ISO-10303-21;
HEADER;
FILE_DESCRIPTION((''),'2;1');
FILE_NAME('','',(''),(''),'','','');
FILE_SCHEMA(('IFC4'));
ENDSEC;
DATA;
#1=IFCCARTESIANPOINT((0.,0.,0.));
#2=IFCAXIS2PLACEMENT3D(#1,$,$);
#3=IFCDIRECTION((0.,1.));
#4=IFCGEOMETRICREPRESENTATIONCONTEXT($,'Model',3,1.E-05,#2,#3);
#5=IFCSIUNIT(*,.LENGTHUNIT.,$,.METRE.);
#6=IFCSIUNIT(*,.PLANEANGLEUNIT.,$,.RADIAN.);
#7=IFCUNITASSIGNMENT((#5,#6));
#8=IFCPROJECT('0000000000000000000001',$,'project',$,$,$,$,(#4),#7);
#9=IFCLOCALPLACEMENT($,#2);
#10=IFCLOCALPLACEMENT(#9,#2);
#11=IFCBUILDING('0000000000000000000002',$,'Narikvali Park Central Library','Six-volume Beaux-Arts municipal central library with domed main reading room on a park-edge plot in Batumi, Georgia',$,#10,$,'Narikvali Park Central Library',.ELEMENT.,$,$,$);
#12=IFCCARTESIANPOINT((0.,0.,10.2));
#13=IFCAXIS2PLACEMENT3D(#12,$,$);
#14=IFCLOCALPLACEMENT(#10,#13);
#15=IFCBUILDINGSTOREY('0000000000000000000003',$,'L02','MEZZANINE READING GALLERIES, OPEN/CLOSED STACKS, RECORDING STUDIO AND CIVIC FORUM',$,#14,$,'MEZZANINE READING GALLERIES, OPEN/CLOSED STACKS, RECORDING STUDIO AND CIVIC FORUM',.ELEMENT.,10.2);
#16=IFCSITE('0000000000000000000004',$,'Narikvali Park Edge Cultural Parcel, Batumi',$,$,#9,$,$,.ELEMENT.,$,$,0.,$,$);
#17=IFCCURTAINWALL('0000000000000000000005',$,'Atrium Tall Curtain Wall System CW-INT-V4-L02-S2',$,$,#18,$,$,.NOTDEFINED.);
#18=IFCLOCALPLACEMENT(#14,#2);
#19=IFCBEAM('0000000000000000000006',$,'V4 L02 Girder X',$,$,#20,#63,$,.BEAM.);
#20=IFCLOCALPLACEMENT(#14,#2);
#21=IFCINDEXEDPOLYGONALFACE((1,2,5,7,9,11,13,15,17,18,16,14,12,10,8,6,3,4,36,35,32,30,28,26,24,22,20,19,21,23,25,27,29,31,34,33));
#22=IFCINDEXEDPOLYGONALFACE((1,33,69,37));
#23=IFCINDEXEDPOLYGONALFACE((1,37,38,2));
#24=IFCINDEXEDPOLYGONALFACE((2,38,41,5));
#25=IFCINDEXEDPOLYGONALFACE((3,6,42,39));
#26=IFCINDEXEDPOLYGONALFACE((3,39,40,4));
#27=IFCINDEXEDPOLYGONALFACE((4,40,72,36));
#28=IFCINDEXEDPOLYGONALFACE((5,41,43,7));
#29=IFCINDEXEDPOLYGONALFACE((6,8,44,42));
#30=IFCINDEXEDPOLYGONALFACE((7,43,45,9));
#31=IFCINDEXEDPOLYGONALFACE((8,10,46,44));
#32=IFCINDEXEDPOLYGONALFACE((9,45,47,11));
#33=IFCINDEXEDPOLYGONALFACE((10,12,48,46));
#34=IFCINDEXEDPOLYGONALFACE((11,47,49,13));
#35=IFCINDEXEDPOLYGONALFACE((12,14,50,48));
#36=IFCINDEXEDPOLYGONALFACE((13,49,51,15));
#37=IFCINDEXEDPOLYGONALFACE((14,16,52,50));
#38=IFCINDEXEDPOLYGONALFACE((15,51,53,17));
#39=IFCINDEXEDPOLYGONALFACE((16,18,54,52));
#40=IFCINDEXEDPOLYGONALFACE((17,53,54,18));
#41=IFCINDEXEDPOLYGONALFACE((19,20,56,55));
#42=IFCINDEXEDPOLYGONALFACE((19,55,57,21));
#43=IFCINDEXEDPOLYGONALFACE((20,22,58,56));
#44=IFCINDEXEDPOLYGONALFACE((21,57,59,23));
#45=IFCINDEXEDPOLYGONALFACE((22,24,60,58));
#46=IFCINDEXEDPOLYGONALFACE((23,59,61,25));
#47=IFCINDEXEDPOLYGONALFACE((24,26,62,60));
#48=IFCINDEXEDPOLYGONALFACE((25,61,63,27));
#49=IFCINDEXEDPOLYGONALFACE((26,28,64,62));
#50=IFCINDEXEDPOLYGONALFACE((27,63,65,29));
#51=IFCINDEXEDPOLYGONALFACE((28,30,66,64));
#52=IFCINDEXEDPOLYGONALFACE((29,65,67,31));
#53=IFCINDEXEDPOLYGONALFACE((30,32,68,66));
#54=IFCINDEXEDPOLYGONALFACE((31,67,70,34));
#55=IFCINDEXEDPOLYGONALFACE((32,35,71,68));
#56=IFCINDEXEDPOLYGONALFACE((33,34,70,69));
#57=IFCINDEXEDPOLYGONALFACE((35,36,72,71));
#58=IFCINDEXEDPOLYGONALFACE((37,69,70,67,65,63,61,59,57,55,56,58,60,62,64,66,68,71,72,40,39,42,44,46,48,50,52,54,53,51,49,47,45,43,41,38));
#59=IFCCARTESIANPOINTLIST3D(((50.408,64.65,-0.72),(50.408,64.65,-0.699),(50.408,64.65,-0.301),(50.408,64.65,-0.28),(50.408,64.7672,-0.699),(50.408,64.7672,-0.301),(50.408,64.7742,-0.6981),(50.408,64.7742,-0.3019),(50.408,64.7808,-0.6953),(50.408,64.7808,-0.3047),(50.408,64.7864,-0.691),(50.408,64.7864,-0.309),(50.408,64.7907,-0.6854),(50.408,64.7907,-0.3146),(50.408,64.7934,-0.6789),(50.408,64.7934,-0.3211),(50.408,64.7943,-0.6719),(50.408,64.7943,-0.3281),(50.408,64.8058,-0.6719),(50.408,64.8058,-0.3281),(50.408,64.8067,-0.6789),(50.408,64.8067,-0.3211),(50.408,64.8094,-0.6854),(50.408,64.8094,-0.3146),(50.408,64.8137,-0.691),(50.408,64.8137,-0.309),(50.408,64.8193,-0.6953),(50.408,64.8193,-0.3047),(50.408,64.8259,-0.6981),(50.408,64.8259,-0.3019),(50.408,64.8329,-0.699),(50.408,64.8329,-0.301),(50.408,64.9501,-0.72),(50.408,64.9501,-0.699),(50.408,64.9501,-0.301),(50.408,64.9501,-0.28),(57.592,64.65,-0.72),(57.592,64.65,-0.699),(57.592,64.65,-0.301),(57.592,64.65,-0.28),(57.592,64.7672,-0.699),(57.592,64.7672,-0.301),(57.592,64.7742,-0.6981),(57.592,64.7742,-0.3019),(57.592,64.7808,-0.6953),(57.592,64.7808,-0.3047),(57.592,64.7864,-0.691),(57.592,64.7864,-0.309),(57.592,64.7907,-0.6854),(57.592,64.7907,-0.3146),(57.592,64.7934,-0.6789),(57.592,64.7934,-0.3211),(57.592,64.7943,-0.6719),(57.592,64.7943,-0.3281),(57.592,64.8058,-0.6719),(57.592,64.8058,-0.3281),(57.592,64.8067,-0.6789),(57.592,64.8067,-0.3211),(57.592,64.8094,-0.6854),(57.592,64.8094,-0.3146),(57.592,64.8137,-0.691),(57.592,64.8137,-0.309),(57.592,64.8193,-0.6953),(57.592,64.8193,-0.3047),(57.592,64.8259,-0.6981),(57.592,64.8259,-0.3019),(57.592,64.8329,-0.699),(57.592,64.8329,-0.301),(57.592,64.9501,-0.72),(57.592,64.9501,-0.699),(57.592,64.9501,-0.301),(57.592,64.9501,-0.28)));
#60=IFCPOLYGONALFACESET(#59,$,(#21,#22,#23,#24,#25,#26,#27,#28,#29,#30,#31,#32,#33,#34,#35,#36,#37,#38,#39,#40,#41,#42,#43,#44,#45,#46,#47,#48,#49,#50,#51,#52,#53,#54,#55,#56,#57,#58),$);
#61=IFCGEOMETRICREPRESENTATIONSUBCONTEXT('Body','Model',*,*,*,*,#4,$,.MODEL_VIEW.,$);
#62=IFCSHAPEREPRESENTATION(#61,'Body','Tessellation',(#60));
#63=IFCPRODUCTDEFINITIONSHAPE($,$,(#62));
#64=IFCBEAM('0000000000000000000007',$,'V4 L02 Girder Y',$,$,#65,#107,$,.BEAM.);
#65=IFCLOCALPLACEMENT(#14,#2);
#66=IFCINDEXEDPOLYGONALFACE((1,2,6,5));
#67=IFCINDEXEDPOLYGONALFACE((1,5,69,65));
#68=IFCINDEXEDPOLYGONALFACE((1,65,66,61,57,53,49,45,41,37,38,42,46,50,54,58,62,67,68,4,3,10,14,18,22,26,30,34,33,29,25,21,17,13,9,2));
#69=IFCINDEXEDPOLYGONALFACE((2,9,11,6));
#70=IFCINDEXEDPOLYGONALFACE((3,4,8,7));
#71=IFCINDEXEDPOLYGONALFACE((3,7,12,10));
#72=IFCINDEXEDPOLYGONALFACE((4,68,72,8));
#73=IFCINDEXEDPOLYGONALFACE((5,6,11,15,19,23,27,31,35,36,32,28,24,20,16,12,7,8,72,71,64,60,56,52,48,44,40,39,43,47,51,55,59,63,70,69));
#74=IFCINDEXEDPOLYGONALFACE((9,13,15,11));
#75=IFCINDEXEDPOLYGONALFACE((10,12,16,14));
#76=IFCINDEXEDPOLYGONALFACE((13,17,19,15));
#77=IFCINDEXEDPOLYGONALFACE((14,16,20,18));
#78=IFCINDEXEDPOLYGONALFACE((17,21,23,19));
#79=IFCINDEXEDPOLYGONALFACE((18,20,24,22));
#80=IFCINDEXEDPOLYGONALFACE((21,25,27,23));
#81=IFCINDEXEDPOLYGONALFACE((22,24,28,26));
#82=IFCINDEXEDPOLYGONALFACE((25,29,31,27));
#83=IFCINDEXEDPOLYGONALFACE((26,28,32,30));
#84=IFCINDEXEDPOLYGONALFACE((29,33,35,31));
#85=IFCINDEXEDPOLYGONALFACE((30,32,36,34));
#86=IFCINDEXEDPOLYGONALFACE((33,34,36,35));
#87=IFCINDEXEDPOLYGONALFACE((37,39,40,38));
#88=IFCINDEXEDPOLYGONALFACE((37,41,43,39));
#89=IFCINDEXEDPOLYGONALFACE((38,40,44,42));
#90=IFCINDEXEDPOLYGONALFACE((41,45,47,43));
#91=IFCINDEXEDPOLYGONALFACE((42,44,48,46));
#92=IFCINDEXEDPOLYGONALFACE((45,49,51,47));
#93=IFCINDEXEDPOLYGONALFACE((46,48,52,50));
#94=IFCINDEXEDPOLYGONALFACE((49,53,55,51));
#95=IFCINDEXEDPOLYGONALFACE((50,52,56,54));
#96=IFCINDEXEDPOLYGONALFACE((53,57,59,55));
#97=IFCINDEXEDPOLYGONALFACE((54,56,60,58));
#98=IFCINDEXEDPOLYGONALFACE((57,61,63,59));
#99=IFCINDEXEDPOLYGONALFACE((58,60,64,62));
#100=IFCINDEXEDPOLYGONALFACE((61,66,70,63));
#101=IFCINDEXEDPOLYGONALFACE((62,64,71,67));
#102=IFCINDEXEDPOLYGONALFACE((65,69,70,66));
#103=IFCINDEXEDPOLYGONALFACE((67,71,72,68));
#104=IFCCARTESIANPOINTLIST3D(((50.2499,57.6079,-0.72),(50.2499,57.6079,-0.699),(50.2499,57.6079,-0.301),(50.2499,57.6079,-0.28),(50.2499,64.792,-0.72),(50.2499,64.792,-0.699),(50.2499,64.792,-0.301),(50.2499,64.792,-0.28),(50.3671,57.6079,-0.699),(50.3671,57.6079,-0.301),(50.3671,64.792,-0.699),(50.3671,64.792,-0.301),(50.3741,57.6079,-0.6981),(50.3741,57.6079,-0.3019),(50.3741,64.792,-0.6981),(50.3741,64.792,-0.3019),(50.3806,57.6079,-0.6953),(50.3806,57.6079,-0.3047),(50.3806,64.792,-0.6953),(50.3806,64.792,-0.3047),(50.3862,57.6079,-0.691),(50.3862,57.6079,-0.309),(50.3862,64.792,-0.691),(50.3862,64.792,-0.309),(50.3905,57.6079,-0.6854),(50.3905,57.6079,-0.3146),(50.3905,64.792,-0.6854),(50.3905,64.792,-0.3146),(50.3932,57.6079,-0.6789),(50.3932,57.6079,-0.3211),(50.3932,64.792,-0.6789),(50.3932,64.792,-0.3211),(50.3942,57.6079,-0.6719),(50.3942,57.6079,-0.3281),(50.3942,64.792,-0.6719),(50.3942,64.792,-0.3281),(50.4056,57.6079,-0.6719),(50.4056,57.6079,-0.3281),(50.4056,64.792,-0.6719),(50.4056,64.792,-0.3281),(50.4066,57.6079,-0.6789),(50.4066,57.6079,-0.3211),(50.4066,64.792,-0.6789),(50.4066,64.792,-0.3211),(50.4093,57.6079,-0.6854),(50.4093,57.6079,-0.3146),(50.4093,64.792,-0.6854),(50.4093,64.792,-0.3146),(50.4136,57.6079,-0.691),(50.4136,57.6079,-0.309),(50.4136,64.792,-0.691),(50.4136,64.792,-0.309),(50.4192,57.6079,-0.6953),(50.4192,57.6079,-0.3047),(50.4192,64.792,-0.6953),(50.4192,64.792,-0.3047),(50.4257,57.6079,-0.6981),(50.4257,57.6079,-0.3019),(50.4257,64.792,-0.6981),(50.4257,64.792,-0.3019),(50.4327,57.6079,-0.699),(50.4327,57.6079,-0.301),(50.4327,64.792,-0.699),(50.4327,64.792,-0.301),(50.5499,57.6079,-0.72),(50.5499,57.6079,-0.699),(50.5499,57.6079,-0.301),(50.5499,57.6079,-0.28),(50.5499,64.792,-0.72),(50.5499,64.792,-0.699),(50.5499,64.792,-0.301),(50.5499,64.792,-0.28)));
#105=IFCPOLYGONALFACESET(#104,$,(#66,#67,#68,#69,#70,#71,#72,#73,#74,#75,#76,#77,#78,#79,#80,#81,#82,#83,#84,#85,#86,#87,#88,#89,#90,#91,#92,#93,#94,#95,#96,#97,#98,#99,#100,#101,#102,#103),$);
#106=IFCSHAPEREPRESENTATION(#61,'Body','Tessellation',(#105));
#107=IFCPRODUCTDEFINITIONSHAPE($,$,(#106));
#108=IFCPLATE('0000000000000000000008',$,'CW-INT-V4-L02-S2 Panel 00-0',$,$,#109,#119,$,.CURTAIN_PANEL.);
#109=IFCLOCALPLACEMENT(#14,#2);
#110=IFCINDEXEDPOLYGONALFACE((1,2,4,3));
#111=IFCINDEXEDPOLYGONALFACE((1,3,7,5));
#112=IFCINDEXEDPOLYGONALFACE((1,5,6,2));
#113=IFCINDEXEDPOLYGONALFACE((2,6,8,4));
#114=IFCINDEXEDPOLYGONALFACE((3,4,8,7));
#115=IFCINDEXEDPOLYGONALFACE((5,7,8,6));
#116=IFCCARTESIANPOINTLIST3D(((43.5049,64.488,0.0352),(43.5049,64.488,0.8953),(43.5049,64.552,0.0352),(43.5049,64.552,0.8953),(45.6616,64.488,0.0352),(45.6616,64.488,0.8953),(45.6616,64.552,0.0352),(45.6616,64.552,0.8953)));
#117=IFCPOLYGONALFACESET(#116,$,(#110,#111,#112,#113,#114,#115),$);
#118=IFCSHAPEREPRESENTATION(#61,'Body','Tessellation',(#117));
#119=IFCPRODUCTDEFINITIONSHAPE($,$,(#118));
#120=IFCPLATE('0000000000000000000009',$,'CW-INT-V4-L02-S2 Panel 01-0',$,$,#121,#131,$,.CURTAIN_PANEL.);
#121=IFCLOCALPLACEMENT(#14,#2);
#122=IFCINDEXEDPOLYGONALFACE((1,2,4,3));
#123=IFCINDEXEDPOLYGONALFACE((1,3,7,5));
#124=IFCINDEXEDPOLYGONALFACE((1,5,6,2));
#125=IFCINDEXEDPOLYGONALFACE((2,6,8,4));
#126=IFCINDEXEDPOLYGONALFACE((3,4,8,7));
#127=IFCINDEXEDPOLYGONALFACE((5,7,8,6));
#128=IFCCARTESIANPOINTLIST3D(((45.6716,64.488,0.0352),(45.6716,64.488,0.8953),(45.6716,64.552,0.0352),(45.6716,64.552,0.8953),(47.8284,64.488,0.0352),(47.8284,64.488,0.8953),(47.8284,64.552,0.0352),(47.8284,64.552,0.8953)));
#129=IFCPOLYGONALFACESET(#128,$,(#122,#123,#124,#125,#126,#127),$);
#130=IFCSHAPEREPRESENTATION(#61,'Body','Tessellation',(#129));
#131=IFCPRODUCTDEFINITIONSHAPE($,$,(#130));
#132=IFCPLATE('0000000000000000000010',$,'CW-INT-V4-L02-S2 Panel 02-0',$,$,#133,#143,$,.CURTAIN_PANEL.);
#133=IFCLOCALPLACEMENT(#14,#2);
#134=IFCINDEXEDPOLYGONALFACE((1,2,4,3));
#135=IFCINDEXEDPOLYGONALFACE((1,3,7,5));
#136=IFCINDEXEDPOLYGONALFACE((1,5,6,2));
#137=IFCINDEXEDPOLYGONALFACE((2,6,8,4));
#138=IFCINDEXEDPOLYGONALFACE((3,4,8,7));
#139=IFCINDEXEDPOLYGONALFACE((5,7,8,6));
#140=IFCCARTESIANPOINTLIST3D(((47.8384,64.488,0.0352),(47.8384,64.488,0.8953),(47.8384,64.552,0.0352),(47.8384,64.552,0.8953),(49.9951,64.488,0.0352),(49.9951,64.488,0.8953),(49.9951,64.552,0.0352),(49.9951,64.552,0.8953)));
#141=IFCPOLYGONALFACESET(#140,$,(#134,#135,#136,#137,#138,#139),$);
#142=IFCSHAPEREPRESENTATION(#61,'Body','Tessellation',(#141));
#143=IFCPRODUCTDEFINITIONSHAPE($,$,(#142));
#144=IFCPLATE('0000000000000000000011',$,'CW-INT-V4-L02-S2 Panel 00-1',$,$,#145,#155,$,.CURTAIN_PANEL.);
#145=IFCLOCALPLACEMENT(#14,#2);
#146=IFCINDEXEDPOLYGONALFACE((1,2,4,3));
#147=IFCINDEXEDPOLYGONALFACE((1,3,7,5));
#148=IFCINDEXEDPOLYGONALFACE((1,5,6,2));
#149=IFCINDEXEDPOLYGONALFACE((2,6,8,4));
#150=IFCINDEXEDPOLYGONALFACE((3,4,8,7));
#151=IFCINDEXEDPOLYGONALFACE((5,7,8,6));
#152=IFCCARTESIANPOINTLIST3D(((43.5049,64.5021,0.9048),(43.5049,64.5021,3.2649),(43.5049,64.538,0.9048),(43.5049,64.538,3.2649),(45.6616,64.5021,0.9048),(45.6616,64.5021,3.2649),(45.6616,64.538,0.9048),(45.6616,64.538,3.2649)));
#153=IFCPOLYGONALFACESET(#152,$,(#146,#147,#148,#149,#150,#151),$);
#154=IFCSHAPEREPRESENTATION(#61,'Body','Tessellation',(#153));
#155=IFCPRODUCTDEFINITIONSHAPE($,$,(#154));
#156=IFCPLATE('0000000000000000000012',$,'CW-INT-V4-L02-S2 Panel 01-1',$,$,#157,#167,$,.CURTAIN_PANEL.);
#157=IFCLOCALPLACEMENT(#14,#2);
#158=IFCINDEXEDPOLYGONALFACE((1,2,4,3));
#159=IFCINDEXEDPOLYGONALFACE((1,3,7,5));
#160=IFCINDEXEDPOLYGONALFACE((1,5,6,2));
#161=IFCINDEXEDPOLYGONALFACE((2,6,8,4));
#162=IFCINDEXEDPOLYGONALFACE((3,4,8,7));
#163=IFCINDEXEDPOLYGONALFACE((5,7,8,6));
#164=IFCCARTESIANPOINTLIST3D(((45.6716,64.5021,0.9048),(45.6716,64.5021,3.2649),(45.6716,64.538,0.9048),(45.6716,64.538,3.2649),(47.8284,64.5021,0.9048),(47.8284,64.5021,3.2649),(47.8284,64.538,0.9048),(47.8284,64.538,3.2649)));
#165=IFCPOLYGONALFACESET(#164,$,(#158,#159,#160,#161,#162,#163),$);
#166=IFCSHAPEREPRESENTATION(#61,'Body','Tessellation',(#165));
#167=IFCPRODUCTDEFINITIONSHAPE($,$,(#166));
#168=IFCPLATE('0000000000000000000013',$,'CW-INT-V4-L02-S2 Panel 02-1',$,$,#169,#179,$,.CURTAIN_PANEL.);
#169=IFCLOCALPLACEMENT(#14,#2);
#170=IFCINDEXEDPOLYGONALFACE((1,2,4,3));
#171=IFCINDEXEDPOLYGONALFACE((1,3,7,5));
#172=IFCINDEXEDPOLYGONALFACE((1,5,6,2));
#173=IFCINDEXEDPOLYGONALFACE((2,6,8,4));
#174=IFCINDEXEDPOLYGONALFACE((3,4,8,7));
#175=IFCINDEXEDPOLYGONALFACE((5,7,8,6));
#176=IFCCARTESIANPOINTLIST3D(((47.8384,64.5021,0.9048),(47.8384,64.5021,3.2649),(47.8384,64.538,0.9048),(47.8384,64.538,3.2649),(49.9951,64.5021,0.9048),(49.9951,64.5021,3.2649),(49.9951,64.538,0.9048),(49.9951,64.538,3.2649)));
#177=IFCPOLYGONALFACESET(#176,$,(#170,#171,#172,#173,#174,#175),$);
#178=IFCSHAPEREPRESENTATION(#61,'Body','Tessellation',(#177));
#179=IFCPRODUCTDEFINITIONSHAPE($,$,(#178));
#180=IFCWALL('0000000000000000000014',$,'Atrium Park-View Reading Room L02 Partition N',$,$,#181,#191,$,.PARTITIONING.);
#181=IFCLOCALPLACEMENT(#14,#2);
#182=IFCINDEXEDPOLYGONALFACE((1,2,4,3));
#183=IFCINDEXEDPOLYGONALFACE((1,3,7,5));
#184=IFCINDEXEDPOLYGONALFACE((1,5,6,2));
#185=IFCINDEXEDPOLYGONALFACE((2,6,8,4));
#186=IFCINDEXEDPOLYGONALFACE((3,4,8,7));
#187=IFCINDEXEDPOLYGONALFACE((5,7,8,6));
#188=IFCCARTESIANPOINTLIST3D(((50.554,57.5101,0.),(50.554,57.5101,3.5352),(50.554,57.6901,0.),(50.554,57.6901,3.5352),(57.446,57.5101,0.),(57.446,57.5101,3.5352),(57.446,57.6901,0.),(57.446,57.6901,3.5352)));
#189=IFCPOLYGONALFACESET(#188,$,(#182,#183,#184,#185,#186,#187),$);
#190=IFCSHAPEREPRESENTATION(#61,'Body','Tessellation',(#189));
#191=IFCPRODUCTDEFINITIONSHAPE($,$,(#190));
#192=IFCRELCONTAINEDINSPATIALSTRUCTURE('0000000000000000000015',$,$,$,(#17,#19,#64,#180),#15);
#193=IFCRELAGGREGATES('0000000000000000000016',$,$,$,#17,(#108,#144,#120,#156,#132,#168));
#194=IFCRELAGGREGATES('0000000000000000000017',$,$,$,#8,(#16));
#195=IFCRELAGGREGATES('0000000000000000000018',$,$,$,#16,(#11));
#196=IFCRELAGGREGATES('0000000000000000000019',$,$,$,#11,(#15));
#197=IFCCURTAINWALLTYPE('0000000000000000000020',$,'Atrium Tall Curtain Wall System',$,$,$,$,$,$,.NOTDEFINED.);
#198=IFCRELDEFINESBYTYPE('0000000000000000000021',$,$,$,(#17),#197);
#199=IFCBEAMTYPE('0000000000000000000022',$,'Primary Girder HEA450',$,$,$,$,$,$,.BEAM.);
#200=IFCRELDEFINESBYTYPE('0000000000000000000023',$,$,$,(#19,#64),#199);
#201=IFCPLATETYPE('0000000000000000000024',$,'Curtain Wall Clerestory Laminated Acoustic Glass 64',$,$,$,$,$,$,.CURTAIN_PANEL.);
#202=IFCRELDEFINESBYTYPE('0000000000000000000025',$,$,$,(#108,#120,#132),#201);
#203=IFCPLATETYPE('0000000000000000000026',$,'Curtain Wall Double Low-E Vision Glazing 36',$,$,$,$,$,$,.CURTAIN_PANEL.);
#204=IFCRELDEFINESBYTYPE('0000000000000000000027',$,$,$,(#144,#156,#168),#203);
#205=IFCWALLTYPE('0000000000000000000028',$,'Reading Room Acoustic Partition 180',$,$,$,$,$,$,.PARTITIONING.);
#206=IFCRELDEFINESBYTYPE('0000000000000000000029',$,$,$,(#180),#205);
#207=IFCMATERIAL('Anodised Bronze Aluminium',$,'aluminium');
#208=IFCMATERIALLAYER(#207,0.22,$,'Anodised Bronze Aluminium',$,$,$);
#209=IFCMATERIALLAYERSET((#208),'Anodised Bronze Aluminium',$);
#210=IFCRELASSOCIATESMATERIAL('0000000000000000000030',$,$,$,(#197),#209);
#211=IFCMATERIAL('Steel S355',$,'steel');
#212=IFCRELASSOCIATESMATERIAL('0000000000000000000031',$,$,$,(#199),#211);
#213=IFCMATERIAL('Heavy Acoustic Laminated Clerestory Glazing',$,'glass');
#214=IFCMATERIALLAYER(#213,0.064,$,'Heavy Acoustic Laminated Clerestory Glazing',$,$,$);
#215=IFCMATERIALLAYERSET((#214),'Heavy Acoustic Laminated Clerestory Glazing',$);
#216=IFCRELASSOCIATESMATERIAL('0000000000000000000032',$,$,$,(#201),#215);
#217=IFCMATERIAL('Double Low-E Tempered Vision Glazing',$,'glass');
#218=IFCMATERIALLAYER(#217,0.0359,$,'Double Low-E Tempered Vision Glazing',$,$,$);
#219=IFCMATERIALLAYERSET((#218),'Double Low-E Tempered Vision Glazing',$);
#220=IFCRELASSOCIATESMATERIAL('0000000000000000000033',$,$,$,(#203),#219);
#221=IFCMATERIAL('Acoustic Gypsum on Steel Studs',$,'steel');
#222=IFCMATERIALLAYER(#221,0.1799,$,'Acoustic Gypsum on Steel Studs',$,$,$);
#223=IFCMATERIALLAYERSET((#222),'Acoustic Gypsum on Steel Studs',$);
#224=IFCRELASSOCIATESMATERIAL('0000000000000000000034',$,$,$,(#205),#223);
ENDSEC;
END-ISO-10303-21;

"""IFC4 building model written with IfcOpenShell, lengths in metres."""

from ifc_helpers import new_model, si_unit, direction, frame, frame_2d, origin, origin_2d, place, context, subcontext, project, spatial, rectangle, i_section, extrude, material, layer, layer_set, material_profile, profile_set, type_object, element, aggregate, save


model = new_model("IFC4")

# Units and contexts
model_context = context("Model", 3, precision=1e-05, world=origin(), true_north=direction((0.0, 1.0)))
body_context = subcontext(model_context, "Body", "Model", "MODEL_VIEW")
ifc_project = project(units=[si_unit("LENGTHUNIT", "METRE"), si_unit("PLANEANGLEUNIT", "RADIAN")], contexts=[model_context])

# Site, building, storey
site_placement = place(None, origin())
site = spatial("IfcSite", under=ifc_project, at=site_placement, Name="Narikvali Park Edge Cultural Parcel, Batumi", CompositionType="ELEMENT", RefElevation=0.0)
building_placement = place(site_placement, origin())
building = spatial("IfcBuilding", under=site, at=building_placement, Name="Narikvali Park Central Library", Description="Six-volume Beaux-Arts municipal central library with domed main reading room on a park-edge plot in Batumi, Georgia", LongName="Narikvali Park Central Library", CompositionType="ELEMENT")
storey_placement = place(building_placement, frame((0.0, 0.0, 10.2)))
storey = spatial("IfcBuildingStorey", under=building, at=storey_placement, Name="L02", Description="MEZZANINE READING GALLERIES, OPEN/CLOSED STACKS, RECORDING STUDIO AND CIVIC FORUM", LongName="MEZZANINE READING GALLERIES, OPEN/CLOSED STACKS, RECORDING STUDIO AND CIVIC FORUM", CompositionType="ELEMENT", Elevation=10.2)

# Shared definitions
ifc_material_1 = material(Name="Steel S355", Category="steel")

# Curtain wall
ifc_material_2 = material(Name="Anodised Bronze Aluminium", Category="aluminium")
ifc_layer_1 = layer(ifc_material_2, 0.22, Name="Anodised Bronze Aluminium")
ifc_layer_set_1 = layer_set([ifc_layer_1], Name="Anodised Bronze Aluminium")
curtain_wall_type = type_object("IfcCurtainWallType", Name="Atrium Tall Curtain Wall System", PredefinedType="NOTDEFINED", material=ifc_layer_set_1)
curtain_wall_placement = place(storey_placement, origin())
curtain_wall = element("IfcCurtainWall", 1, at=curtain_wall_placement, inside=storey, type_object=curtain_wall_type, Name="Atrium Tall Curtain Wall System CW-INT-V4-L02-S2", PredefinedType="NOTDEFINED")

# Beams
ifc_material_profile_1 = material_profile(ifc_material_1, i_section(OverallWidth=0.3, OverallDepth=0.4399, WebThickness=0.0115, FlangeThickness=0.021, FilletRadius=0.0271, at=origin_2d()), Name="HEA 450")
ifc_profile_set_1 = profile_set([ifc_material_profile_1], Name="Steel S355")
beam_type_1 = type_object("IfcBeamType", Name="Primary Girder HEA450", PredefinedType="BEAM", material=ifc_profile_set_1)
for number, where, z_axis, x_axis, name in (
    (2, (50.408, 64.8, -0.5), (1.0, 0.0, 0.0), (0.0, 1.0, 0.0), "V4 L02 Girder X"),
    (3, (50.3999, 57.6079, -0.5), (0.0, 1.0, 0.0), (-1.0, 0.0, 0.0), "V4 L02 Girder Y"),
):
    element("IfcBeam", number, at=place(storey_placement, frame(where, z_axis=z_axis, x_axis=x_axis)), inside=storey, type_object=beam_type_1, Name=name, PredefinedType="BEAM", context=body_context, shape_type="SweptSolid", body=[
        extrude(i_section(OverallWidth=0.3, OverallDepth=0.4399, WebThickness=0.0115, FlangeThickness=0.021, FilletRadius=0.0271, at=origin_2d()), origin(), (0.0, 0.0, 1.0), 7.1841),
    ])

# Plates
ifc_material_3 = material(Name="Heavy Acoustic Laminated Clerestory Glazing", Category="glass")
ifc_layer_2 = layer(ifc_material_3, 0.064, Name="Heavy Acoustic Laminated Clerestory Glazing")
ifc_layer_set_2 = layer_set([ifc_layer_2], Name="Heavy Acoustic Laminated Clerestory Glazing")
plate_type_1 = type_object("IfcPlateType", Name="Curtain Wall Clerestory Laminated Acoustic Glass 64", PredefinedType="CURTAIN_PANEL", material=ifc_layer_set_2)
plate_1_placement = place(storey_placement, frame((44.5833, 64.52, 0.0352), z_axis=(0.0, 0.0, 1.0), x_axis=(1.0, 0.0, 0.0)))
plate_1 = element("IfcPlate", 4, at=plate_1_placement, type_object=plate_type_1, Name="CW-INT-V4-L02-S2 Panel 00-0", PredefinedType="CURTAIN_PANEL", context=body_context, shape_type="SweptSolid", body=[
    extrude(rectangle(XDim=2.1567, YDim=0.064, at=origin_2d()), origin(), (0.0, 0.0, 1.0), 0.8601),
])
plate_2_placement = place(storey_placement, frame((46.75, 64.52, 0.0352), z_axis=(0.0, 0.0, 1.0), x_axis=(1.0, 0.0, 0.0)))
plate_2 = element("IfcPlate", 5, at=plate_2_placement, type_object=plate_type_1, Name="CW-INT-V4-L02-S2 Panel 01-0", PredefinedType="CURTAIN_PANEL", context=body_context, shape_type="SweptSolid", body=[
    extrude(rectangle(XDim=2.1567, YDim=0.064, at=origin_2d()), origin(), (0.0, 0.0, 1.0), 0.8601),
])
plate_3_placement = place(storey_placement, frame((48.9167, 64.52, 0.0352), z_axis=(0.0, 0.0, 1.0), x_axis=(1.0, 0.0, 0.0)))
plate_3 = element("IfcPlate", 6, at=plate_3_placement, type_object=plate_type_1, Name="CW-INT-V4-L02-S2 Panel 02-0", PredefinedType="CURTAIN_PANEL", context=body_context, shape_type="SweptSolid", body=[
    extrude(rectangle(XDim=2.1567, YDim=0.064, at=origin_2d()), origin(), (0.0, 0.0, 1.0), 0.8601),
])
ifc_material_4 = material(Name="Double Low-E Tempered Vision Glazing", Category="glass")
ifc_layer_3 = layer(ifc_material_4, 0.0359, Name="Double Low-E Tempered Vision Glazing")
ifc_layer_set_3 = layer_set([ifc_layer_3], Name="Double Low-E Tempered Vision Glazing")
plate_type_2 = type_object("IfcPlateType", Name="Curtain Wall Double Low-E Vision Glazing 36", PredefinedType="CURTAIN_PANEL", material=ifc_layer_set_3)
plate_4_placement = place(storey_placement, frame((44.5833, 64.52, 0.9048), z_axis=(0.0, 0.0, 1.0), x_axis=(1.0, 0.0, 0.0)))
plate_4 = element("IfcPlate", 7, at=plate_4_placement, type_object=plate_type_2, Name="CW-INT-V4-L02-S2 Panel 00-1", PredefinedType="CURTAIN_PANEL", context=body_context, shape_type="SweptSolid", body=[
    extrude(rectangle(XDim=2.1567, YDim=0.0359, at=origin_2d()), origin(), (0.0, 0.0, 1.0), 2.3601),
])
plate_5_placement = place(storey_placement, frame((46.75, 64.52, 0.9048), z_axis=(0.0, 0.0, 1.0), x_axis=(1.0, 0.0, 0.0)))
plate_5 = element("IfcPlate", 8, at=plate_5_placement, type_object=plate_type_2, Name="CW-INT-V4-L02-S2 Panel 01-1", PredefinedType="CURTAIN_PANEL", context=body_context, shape_type="SweptSolid", body=[
    extrude(rectangle(XDim=2.1567, YDim=0.0359, at=origin_2d()), origin(), (0.0, 0.0, 1.0), 2.3601),
])
plate_6_placement = place(storey_placement, frame((48.9167, 64.52, 0.9048), z_axis=(0.0, 0.0, 1.0), x_axis=(1.0, 0.0, 0.0)))
plate_6 = element("IfcPlate", 9, at=plate_6_placement, type_object=plate_type_2, Name="CW-INT-V4-L02-S2 Panel 02-1", PredefinedType="CURTAIN_PANEL", context=body_context, shape_type="SweptSolid", body=[
    extrude(rectangle(XDim=2.1567, YDim=0.0359, at=origin_2d()), origin(), (0.0, 0.0, 1.0), 2.3601),
])
aggregate(curtain_wall, [plate_1, plate_4, plate_2, plate_5, plate_3, plate_6])

# Wall
ifc_material_5 = material(Name="Acoustic Gypsum on Steel Studs", Category="steel")
ifc_layer_4 = layer(ifc_material_5, 0.1799, Name="Acoustic Gypsum on Steel Studs")
ifc_layer_set_4 = layer_set([ifc_layer_4], Name="Acoustic Gypsum on Steel Studs")
wall_type_1 = type_object("IfcWallType", Name="Reading Room Acoustic Partition 180", PredefinedType="PARTITIONING", material=ifc_layer_set_4)
wall_1_placement = place(storey_placement, frame((50.554, 57.6001, 0.0), z_axis=(0.0, 0.0, 1.0), x_axis=(1.0, 0.0, 0.0)))
element("IfcWall", 10, at=wall_1_placement, inside=storey, type_object=wall_type_1, Name="Atrium Park-View Reading Room L02 Partition N", PredefinedType="PARTITIONING", context=body_context, shape_type="SweptSolid", body=[
    extrude(rectangle(XDim=6.8921, YDim=0.1799, at=frame_2d((3.446, 0.0))), origin(), (0.0, 0.0, 1.0), 3.5352),
])

save(model, "model.ifc")
